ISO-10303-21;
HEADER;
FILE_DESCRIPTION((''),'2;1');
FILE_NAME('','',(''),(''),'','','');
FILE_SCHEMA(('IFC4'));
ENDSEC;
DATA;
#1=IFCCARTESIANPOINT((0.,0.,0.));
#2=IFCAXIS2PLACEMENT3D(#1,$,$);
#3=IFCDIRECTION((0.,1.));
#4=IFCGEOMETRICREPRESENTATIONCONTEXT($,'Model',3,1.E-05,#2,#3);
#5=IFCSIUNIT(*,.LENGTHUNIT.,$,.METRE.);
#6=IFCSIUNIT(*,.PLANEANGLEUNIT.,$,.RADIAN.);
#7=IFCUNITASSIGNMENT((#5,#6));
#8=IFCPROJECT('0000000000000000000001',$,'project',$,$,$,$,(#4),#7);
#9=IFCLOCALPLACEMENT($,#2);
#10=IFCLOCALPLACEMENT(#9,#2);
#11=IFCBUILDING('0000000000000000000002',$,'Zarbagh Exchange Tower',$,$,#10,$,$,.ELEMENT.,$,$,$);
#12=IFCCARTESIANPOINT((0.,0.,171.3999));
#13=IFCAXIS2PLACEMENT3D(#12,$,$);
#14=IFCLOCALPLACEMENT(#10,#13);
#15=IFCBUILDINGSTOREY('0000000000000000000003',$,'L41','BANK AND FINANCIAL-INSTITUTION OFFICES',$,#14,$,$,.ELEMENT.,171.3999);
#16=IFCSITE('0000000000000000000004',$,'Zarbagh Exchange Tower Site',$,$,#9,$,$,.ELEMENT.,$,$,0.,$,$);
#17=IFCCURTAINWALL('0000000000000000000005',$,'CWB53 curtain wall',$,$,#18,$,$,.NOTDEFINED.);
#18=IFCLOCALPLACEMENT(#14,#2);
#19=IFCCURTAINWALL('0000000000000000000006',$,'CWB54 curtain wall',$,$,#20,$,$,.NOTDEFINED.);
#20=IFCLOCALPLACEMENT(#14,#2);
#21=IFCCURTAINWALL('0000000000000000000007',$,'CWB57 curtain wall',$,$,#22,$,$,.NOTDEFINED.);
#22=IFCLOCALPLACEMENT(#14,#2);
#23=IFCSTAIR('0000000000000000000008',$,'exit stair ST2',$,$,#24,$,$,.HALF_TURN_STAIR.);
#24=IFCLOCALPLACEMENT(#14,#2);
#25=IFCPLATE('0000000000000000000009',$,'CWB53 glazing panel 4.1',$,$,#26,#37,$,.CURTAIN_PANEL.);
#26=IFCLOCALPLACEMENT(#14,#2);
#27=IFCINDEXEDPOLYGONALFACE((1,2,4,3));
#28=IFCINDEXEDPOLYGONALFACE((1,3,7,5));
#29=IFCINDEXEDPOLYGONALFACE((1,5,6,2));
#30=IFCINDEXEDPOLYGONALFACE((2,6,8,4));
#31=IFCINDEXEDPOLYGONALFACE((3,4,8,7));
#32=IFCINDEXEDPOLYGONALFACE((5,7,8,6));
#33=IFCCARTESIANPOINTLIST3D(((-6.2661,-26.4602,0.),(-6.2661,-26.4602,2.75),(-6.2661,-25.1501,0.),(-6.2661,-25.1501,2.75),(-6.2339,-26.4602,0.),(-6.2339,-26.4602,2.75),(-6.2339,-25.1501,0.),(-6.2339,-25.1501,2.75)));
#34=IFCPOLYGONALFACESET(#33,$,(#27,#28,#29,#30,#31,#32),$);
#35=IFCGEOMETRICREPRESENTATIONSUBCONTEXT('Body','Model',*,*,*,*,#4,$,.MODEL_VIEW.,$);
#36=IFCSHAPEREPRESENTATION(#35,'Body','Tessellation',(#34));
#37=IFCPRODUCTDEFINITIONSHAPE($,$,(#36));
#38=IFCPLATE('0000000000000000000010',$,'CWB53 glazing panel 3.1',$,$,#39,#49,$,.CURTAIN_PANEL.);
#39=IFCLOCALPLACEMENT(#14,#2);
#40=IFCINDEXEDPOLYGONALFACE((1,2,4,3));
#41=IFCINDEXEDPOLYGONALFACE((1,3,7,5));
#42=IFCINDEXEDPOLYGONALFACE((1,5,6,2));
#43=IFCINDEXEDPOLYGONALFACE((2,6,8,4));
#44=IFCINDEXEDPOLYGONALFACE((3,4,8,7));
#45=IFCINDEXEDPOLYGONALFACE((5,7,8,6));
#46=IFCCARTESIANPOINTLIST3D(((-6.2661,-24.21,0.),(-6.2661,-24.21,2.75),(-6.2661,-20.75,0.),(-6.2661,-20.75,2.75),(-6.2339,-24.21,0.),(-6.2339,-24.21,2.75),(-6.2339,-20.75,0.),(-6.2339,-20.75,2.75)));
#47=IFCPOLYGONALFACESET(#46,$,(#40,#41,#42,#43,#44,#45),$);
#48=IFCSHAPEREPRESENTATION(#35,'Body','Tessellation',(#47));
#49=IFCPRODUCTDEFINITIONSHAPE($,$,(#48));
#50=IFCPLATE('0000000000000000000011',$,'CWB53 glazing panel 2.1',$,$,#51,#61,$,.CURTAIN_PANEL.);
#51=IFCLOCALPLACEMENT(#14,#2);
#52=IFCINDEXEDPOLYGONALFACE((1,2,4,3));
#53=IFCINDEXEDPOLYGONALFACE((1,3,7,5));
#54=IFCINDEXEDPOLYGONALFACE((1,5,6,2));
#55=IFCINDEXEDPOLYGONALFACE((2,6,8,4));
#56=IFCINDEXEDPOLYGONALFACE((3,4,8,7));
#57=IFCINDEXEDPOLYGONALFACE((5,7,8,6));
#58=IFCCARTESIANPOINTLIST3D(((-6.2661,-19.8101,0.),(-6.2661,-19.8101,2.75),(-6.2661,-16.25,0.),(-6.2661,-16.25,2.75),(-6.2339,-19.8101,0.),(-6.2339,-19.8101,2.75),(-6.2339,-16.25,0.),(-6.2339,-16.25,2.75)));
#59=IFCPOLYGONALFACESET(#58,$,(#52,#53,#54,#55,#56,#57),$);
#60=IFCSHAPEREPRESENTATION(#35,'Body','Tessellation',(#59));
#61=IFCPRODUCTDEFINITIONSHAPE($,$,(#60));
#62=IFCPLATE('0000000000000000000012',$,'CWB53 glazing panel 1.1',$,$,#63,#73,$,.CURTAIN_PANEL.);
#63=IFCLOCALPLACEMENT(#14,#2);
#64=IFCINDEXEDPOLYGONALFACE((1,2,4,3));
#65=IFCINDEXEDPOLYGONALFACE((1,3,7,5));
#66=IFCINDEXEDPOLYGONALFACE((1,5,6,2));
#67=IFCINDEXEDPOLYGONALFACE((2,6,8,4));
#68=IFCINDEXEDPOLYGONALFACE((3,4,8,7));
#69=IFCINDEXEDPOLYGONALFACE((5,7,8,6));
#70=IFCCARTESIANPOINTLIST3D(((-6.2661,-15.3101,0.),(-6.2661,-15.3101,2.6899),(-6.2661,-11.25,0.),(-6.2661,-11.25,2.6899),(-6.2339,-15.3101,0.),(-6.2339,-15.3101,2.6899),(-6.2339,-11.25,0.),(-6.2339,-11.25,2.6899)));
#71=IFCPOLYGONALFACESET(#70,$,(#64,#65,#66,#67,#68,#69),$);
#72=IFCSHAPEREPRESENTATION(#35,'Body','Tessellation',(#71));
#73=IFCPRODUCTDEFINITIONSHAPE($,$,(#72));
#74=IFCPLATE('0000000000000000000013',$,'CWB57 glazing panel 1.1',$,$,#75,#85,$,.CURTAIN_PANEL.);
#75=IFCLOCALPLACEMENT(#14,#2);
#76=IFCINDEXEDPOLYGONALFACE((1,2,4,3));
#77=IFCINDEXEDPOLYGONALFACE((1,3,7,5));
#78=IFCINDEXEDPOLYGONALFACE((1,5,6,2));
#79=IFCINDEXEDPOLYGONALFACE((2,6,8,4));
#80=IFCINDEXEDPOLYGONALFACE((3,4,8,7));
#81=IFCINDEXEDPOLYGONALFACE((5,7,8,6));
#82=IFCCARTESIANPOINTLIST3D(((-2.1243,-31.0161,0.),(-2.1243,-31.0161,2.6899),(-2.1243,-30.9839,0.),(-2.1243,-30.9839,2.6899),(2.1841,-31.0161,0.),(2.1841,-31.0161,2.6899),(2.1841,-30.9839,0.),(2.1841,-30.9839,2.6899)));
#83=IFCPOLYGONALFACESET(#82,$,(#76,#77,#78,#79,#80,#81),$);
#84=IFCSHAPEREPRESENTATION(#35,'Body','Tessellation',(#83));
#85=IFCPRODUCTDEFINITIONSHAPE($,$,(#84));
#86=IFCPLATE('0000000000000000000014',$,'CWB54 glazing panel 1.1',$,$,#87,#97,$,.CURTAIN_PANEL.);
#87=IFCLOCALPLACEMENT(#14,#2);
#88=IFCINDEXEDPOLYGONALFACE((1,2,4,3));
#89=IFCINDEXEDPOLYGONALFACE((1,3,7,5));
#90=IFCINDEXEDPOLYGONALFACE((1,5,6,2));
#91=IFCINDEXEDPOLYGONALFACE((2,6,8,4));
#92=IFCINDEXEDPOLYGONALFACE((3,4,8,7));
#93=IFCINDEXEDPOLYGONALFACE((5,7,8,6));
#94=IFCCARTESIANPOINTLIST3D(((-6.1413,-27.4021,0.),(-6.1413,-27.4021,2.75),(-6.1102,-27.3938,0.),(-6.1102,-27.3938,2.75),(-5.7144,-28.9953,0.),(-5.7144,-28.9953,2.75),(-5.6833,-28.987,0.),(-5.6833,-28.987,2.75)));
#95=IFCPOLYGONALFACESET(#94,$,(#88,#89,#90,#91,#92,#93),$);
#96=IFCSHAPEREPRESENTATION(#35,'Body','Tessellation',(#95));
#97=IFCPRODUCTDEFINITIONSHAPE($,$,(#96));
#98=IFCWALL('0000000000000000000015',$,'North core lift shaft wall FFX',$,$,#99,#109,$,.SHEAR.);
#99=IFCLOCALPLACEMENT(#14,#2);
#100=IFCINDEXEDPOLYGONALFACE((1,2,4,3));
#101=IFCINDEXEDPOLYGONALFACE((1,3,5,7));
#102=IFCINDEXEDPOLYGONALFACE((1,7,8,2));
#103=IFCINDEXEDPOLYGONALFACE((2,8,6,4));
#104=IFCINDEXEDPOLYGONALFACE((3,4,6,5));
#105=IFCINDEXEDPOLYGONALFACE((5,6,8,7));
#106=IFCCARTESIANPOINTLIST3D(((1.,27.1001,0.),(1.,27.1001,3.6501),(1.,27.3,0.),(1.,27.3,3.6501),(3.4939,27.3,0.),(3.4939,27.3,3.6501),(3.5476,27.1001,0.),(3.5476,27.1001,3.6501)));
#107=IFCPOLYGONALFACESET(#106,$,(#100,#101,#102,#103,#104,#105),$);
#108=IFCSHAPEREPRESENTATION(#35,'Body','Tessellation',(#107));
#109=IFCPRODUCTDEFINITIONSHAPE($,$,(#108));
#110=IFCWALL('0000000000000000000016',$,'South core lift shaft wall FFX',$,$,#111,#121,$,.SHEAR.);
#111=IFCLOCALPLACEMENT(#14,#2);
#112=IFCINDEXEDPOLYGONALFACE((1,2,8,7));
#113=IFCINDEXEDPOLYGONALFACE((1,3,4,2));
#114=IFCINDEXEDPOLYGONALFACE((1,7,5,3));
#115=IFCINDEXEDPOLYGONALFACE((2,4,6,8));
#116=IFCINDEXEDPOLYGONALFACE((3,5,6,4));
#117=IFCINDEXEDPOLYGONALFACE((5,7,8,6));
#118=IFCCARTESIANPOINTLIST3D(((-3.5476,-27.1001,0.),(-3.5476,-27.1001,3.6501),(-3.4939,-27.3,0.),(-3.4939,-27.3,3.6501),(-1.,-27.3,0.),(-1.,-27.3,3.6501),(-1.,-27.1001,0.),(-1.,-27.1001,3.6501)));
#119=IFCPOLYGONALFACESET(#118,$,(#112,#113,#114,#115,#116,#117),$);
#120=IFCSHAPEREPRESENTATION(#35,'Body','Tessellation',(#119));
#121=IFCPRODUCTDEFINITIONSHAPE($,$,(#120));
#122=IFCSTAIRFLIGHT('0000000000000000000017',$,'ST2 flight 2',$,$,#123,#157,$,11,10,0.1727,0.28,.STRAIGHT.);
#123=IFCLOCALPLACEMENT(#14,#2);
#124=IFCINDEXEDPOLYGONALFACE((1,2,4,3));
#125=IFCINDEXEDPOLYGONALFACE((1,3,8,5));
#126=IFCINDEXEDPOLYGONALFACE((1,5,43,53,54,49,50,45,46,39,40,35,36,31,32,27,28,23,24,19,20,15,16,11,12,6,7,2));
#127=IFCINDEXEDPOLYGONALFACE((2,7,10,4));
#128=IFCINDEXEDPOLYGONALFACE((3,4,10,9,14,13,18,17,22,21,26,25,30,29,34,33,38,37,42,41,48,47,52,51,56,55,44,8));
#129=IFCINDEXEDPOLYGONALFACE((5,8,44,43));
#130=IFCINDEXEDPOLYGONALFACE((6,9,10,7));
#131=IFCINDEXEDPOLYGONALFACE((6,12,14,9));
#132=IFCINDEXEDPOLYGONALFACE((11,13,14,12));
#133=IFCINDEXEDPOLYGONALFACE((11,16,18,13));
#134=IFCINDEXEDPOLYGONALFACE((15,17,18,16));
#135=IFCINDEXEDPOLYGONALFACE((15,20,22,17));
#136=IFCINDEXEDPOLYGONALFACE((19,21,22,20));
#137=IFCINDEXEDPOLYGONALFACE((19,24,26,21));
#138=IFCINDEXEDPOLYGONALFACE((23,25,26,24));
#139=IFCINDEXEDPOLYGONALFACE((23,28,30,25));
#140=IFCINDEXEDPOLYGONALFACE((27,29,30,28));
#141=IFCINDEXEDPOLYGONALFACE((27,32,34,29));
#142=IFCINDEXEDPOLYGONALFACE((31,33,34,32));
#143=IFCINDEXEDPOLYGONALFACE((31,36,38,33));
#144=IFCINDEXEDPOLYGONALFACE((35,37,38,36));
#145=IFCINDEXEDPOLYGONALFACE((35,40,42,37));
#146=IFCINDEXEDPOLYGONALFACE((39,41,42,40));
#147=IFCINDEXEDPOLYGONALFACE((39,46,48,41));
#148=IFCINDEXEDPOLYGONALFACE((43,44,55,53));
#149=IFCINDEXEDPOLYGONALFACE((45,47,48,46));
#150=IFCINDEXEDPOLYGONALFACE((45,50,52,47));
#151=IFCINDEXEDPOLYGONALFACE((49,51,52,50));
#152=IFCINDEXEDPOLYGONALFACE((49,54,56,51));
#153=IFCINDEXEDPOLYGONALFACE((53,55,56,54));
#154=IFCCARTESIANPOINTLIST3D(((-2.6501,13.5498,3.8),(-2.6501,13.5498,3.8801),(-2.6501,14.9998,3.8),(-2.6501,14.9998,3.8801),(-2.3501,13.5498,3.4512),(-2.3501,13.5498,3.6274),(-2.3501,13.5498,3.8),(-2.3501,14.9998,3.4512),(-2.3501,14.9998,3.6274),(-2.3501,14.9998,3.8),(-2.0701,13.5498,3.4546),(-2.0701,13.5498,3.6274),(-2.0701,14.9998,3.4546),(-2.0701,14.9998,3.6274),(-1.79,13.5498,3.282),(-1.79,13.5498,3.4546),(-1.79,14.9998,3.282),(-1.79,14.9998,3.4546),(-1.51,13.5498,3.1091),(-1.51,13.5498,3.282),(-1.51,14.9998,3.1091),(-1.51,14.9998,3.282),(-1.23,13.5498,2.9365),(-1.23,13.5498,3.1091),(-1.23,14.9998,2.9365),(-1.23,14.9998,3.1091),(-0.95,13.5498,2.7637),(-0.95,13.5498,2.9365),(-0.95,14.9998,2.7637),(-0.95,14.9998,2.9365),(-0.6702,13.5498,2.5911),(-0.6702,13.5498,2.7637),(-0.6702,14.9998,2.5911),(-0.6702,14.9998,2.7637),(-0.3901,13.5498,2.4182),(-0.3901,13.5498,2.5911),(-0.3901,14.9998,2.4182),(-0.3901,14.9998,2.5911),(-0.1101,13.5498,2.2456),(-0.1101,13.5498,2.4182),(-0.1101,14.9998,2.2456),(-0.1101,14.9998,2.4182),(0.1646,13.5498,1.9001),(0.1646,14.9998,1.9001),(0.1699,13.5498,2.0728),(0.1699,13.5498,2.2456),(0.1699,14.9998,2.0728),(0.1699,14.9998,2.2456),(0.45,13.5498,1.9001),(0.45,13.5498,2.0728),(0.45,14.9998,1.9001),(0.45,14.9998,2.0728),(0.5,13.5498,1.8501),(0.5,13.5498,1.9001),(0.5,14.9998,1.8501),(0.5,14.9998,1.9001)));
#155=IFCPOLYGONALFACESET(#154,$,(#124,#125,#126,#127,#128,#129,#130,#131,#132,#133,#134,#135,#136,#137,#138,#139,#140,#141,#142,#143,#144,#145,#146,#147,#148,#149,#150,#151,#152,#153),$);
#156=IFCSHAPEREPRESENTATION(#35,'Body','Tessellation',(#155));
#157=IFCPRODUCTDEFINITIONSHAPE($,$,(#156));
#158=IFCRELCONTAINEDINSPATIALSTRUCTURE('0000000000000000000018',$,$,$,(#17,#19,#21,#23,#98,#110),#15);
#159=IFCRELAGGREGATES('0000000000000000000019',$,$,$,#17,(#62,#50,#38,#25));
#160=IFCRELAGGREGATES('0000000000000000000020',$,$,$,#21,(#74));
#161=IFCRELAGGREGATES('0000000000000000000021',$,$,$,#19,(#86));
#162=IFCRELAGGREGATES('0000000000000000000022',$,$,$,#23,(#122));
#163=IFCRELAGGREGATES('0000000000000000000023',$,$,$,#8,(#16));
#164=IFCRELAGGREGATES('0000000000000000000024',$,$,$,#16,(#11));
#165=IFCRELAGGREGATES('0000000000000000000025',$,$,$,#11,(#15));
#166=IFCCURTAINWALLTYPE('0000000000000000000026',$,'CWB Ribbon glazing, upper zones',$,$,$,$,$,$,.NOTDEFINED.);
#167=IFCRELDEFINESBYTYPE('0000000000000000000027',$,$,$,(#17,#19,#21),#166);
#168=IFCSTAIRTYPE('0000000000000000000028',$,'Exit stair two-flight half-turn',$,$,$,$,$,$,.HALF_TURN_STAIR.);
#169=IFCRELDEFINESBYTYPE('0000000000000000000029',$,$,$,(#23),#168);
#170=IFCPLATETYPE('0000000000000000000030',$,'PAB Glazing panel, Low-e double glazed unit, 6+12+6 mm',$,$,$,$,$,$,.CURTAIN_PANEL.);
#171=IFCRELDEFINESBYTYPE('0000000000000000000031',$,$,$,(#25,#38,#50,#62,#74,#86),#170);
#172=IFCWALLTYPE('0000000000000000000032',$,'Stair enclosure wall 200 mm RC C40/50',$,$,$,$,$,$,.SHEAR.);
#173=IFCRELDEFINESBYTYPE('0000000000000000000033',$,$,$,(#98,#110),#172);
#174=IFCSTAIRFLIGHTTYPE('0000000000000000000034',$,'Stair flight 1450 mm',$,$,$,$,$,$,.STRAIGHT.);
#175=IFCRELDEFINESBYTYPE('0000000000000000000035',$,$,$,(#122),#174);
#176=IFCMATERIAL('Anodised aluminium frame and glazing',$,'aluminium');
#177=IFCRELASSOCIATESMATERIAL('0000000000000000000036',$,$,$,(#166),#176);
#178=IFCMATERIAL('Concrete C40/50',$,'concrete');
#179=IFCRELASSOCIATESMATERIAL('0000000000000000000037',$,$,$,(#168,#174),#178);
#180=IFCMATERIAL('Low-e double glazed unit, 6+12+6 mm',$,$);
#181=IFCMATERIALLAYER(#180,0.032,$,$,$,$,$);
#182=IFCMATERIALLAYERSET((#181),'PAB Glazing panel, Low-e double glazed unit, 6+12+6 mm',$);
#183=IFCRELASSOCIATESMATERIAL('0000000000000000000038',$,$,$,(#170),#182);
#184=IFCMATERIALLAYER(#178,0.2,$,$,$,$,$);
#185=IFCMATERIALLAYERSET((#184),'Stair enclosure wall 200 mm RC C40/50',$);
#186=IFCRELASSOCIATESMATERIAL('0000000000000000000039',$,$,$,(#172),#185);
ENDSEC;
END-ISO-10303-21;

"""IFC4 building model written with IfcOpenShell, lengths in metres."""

from ifc_helpers import new_model, si_unit, direction, frame, origin, place, context, subcontext, project, spatial, polyline, outline, extrude, source, transform, mapped, material, layer, layer_set, type_object, element, aggregate, save


model = new_model("IFC4")

# Units and contexts
model_context = context("Model", 3, precision=1e-05, world=origin(), true_north=direction((0.0, 1.0)))
body_context = subcontext(model_context, "Body", "Model", "MODEL_VIEW")
ifc_project = project(units=[si_unit("LENGTHUNIT", "METRE"), si_unit("PLANEANGLEUNIT", "RADIAN")], contexts=[model_context])

# Site, building, storey
site_placement = place(None, origin())
site = spatial("IfcSite", under=ifc_project, at=site_placement, Name="Zarbagh Exchange Tower Site", CompositionType="ELEMENT", RefElevation=0.0)
building_placement = place(site_placement, origin())
building = spatial("IfcBuilding", under=site, at=building_placement, Name="Zarbagh Exchange Tower", CompositionType="ELEMENT")
storey_placement = place(building_placement, frame((0.0, 0.0, 171.3999)))
storey = spatial("IfcBuildingStorey", under=building, at=storey_placement, Name="L41", Description="BANK AND FINANCIAL-INSTITUTION OFFICES", CompositionType="ELEMENT", Elevation=171.3999)

# Curtain wall
ifc_material_1 = material(Name="Anodised aluminium frame and glazing", Category="aluminium")
curtain_wall_type = type_object("IfcCurtainWallType", Name="CWB Ribbon glazing, upper zones", PredefinedType="NOTDEFINED", material=ifc_material_1)
curtain_wall_1_placement = place(storey_placement, origin())
curtain_wall_1 = element("IfcCurtainWall", 1, at=curtain_wall_1_placement, inside=storey, type_object=curtain_wall_type, Name="CWB53 curtain wall", PredefinedType="NOTDEFINED")
placement = place(storey_placement, origin())

# Curtain wall
curtain_wall_2_placement = place(storey_placement, origin())
curtain_wall_2 = element("IfcCurtainWall", 2, at=curtain_wall_2_placement, inside=storey, type_object=curtain_wall_type, Name="CWB54 curtain wall", PredefinedType="NOTDEFINED")

# Curtain wall
curtain_wall_3_placement = place(storey_placement, origin())
curtain_wall_3 = element("IfcCurtainWall", 3, at=curtain_wall_3_placement, inside=storey, type_object=curtain_wall_type, Name="CWB57 curtain wall", PredefinedType="NOTDEFINED")

# Stair
ifc_material_2 = material(Name="Concrete C40/50", Category="concrete")
stair_type = type_object("IfcStairType", Name="Exit stair two-flight half-turn", PredefinedType="HALF_TURN_STAIR", material=ifc_material_2)
stair_1_placement = place(storey_placement, origin())
stair_1 = element("IfcStair", 4, at=stair_1_placement, inside=storey, type_object=stair_type, Name="exit stair ST2", PredefinedType="HALF_TURN_STAIR")

# Shared definitions
ifc_material_3 = material(Name="Low-e double glazed unit, 6+12+6 mm")
ifc_layer_1 = layer(ifc_material_3, 0.032)
ifc_layer_set_1 = layer_set([ifc_layer_1], Name="PAB Glazing panel, Low-e double glazed unit, 6+12+6 mm")
plate_type = type_object("IfcPlateType", Name="PAB Glazing panel, Low-e double glazed unit, 6+12+6 mm", PredefinedType="CURTAIN_PANEL", material=ifc_layer_set_1)

# Plates
shared_shape_1 = source(origin(), body_context, "Body", "SweptSolid", [
    extrude(outline(polyline([(0.0, -0.0161), (1.3101, -0.0161), (1.3101, 0.0161), (0.0, 0.0161), (0.0, -0.0161)])), origin(), (0.0, 0.0, 1.0), 2.75),
])
plate_1 = element("IfcPlate", 5, at=placement, type_object=plate_type, Name="CWB53 glazing panel 4.1", PredefinedType="CURTAIN_PANEL", context=body_context, shape_type="MappedRepresentation", body=[
    mapped(shared_shape_1, transform((-6.25, -25.1501, 0.0), x_axis=(0.0, -1.0, 0.0), y_axis=(1.0, 0.0, 0.0), z_axis=(0.0, 0.0, 1.0))),
])
shared_shape_2 = source(origin(), body_context, "Body", "SweptSolid", [
    extrude(outline(polyline([(0.0, -0.0161), (3.46, -0.0161), (3.46, 0.0161), (0.0, 0.0161), (0.0, -0.0161)])), origin(), (0.0, 0.0, 1.0), 2.75),
])
plate_2 = element("IfcPlate", 6, at=placement, type_object=plate_type, Name="CWB53 glazing panel 3.1", PredefinedType="CURTAIN_PANEL", context=body_context, shape_type="MappedRepresentation", body=[
    mapped(shared_shape_2, transform((-6.25, -20.75, 0.0), x_axis=(0.0, -1.0, 0.0), y_axis=(1.0, 0.0, 0.0), z_axis=(0.0, 0.0, 1.0))),
])
shared_shape_3 = source(origin(), body_context, "Body", "SweptSolid", [
    extrude(outline(polyline([(0.0, -0.0161), (3.5601, -0.0161), (3.5601, 0.0161), (0.0, 0.0161), (0.0, -0.0161)])), origin(), (0.0, 0.0, 1.0), 2.75),
])
plate_3 = element("IfcPlate", 7, at=placement, type_object=plate_type, Name="CWB53 glazing panel 2.1", PredefinedType="CURTAIN_PANEL", context=body_context, shape_type="MappedRepresentation", body=[
    mapped(shared_shape_3, transform((-6.25, -16.25, 0.0), x_axis=(0.0, -1.0, 0.0), y_axis=(1.0, 0.0, 0.0), z_axis=(0.0, 0.0, 1.0))),
])
shared_shape_4 = source(origin(), body_context, "Body", "SweptSolid", [
    extrude(outline(polyline([(0.0, -0.0161), (4.0601, -0.0161), (4.0601, 0.0161), (0.0, 0.0161), (0.0, -0.0161)])), origin(), (0.0, 0.0, 1.0), 2.6899),
])
plate_4 = element("IfcPlate", 8, at=placement, type_object=plate_type, Name="CWB53 glazing panel 1.1", PredefinedType="CURTAIN_PANEL", context=body_context, shape_type="MappedRepresentation", body=[
    mapped(shared_shape_4, transform((-6.25, -11.25, 0.0), x_axis=(0.0, -1.0, 0.0), y_axis=(1.0, 0.0, 0.0), z_axis=(0.0, 0.0, 1.0))),
])
aggregate(curtain_wall_1, [plate_4, plate_3, plate_2, plate_1])
shared_shape_5 = source(origin(), body_context, "Body", "SweptSolid", [
    extrude(outline(polyline([(0.0, -0.0161), (4.3083, -0.0161), (4.3083, 0.0161), (0.0, 0.0161), (0.0, -0.0161)])), origin(), (0.0, 0.0, 1.0), 2.6899),
])
plate_5 = element("IfcPlate", 9, at=placement, type_object=plate_type, Name="CWB57 glazing panel 1.1", PredefinedType="CURTAIN_PANEL", context=body_context, shape_type="MappedRepresentation", body=[
    mapped(shared_shape_5, transform((-2.1243, -31.0, 0.0), x_axis=(1.0, 0.0, 0.0), y_axis=(0.0, 1.0, 0.0), z_axis=(0.0, 0.0, 1.0))),
])
aggregate(curtain_wall_3, [plate_5])
shared_shape_6 = source(origin(), body_context, "Body", "SweptSolid", [
    extrude(outline(polyline([(0.0, -0.0161), (1.6494, -0.0161), (1.6494, 0.0161), (0.0, 0.0161), (0.0, -0.0161)])), origin(), (0.0, 0.0, 1.0), 2.75),
])
plate_6 = element("IfcPlate", 10, at=placement, type_object=plate_type, Name="CWB54 glazing panel 1.1", PredefinedType="CURTAIN_PANEL", context=body_context, shape_type="MappedRepresentation", body=[
    mapped(shared_shape_6, transform((-6.1257, -27.3979, 0.0), x_axis=(0.258825, -0.965924, 0.0), y_axis=(0.965924, 0.258825, 0.0), z_axis=(0.0, 0.0, 1.0))),
])
aggregate(curtain_wall_2, [plate_6])

# Walls
ifc_layer_2 = layer(ifc_material_2, 0.2)
ifc_layer_set_2 = layer_set([ifc_layer_2], Name="Stair enclosure wall 200 mm RC C40/50")
wall_type = type_object("IfcWallType", Name="Stair enclosure wall 200 mm RC C40/50", PredefinedType="SHEAR", material=ifc_layer_set_2)
wall_1_placement = place(storey_placement, origin())
element("IfcWall", 11, at=wall_1_placement, inside=storey, type_object=wall_type, Name="North core lift shaft wall FFX", PredefinedType="SHEAR", context=body_context, shape_type="SweptSolid", body=[
    extrude(outline(polyline([(1.0, 27.1001), (3.5476, 27.1001), (3.4939, 27.3), (1.0, 27.3), (1.0, 27.1001)])), origin(), (0.0, 0.0, 1.0), 3.6501),
])
wall_2_placement = place(storey_placement, origin())
element("IfcWall", 12, at=wall_2_placement, inside=storey, type_object=wall_type, Name="South core lift shaft wall FFX", PredefinedType="SHEAR", context=body_context, shape_type="SweptSolid", body=[
    extrude(outline(polyline([(-1.0, -27.1001), (-3.5476, -27.1001), (-3.4939, -27.3), (-1.0, -27.3), (-1.0, -27.1001)])), origin(), (0.0, 0.0, 1.0), 3.6501),
])

# Stair flight
stair_flight_type = type_object("IfcStairFlightType", Name="Stair flight 1450 mm", PredefinedType="STRAIGHT", material=ifc_material_2)
stair_flight_placement = place(storey_placement, frame((0.45, 14.2749, 1.9001), z_axis=(0.0, 0.0, 1.0), x_axis=(-1.0, 0.0, 0.0)))
stair_flight = element("IfcStairFlight", 13, at=stair_flight_placement, type_object=stair_flight_type, Name="ST2 flight 2", NumberOfRisers=11, NumberOfTreads=10, PredefinedType="STRAIGHT", RiserHeight=0.1727, TreadLength=0.28, context=body_context, shape_type="SweptSolid", body=[
    extrude(outline(polyline([(-0.05, -0.05), (-0.05, 0.0), (0.0, 0.0), (0.0, 0.1726), (0.28, 0.1726), (0.28, 0.3455), (0.5601, 0.3455), (0.5601, 0.5181), (0.8401, 0.5181), (0.8401, 0.6909), (1.1201, 0.6909), (1.1201, 0.8635), (1.3999, 0.8635), (1.3999, 1.0364), (1.6799, 1.0364), (1.6799, 1.209), (1.96, 1.209), (1.96, 1.3818), (2.24, 1.3818), (2.24, 1.5544), (2.52, 1.5544), (2.52, 1.7273), (2.8, 1.7273), (2.8, 1.8999), (3.1001, 1.98), (3.1001, 1.8999), (2.8, 1.551), (0.2854, 0.0), (-0.05, -0.05)])), frame((0.0, 0.7251, 0.0), z_axis=(0.0, -1.0, 0.0), x_axis=(1.0, 0.0, 0.0)), (0.0, 0.0, 1.0), 1.45),
])
aggregate(stair_1, [stair_flight])

save(model, "model.ifc")
